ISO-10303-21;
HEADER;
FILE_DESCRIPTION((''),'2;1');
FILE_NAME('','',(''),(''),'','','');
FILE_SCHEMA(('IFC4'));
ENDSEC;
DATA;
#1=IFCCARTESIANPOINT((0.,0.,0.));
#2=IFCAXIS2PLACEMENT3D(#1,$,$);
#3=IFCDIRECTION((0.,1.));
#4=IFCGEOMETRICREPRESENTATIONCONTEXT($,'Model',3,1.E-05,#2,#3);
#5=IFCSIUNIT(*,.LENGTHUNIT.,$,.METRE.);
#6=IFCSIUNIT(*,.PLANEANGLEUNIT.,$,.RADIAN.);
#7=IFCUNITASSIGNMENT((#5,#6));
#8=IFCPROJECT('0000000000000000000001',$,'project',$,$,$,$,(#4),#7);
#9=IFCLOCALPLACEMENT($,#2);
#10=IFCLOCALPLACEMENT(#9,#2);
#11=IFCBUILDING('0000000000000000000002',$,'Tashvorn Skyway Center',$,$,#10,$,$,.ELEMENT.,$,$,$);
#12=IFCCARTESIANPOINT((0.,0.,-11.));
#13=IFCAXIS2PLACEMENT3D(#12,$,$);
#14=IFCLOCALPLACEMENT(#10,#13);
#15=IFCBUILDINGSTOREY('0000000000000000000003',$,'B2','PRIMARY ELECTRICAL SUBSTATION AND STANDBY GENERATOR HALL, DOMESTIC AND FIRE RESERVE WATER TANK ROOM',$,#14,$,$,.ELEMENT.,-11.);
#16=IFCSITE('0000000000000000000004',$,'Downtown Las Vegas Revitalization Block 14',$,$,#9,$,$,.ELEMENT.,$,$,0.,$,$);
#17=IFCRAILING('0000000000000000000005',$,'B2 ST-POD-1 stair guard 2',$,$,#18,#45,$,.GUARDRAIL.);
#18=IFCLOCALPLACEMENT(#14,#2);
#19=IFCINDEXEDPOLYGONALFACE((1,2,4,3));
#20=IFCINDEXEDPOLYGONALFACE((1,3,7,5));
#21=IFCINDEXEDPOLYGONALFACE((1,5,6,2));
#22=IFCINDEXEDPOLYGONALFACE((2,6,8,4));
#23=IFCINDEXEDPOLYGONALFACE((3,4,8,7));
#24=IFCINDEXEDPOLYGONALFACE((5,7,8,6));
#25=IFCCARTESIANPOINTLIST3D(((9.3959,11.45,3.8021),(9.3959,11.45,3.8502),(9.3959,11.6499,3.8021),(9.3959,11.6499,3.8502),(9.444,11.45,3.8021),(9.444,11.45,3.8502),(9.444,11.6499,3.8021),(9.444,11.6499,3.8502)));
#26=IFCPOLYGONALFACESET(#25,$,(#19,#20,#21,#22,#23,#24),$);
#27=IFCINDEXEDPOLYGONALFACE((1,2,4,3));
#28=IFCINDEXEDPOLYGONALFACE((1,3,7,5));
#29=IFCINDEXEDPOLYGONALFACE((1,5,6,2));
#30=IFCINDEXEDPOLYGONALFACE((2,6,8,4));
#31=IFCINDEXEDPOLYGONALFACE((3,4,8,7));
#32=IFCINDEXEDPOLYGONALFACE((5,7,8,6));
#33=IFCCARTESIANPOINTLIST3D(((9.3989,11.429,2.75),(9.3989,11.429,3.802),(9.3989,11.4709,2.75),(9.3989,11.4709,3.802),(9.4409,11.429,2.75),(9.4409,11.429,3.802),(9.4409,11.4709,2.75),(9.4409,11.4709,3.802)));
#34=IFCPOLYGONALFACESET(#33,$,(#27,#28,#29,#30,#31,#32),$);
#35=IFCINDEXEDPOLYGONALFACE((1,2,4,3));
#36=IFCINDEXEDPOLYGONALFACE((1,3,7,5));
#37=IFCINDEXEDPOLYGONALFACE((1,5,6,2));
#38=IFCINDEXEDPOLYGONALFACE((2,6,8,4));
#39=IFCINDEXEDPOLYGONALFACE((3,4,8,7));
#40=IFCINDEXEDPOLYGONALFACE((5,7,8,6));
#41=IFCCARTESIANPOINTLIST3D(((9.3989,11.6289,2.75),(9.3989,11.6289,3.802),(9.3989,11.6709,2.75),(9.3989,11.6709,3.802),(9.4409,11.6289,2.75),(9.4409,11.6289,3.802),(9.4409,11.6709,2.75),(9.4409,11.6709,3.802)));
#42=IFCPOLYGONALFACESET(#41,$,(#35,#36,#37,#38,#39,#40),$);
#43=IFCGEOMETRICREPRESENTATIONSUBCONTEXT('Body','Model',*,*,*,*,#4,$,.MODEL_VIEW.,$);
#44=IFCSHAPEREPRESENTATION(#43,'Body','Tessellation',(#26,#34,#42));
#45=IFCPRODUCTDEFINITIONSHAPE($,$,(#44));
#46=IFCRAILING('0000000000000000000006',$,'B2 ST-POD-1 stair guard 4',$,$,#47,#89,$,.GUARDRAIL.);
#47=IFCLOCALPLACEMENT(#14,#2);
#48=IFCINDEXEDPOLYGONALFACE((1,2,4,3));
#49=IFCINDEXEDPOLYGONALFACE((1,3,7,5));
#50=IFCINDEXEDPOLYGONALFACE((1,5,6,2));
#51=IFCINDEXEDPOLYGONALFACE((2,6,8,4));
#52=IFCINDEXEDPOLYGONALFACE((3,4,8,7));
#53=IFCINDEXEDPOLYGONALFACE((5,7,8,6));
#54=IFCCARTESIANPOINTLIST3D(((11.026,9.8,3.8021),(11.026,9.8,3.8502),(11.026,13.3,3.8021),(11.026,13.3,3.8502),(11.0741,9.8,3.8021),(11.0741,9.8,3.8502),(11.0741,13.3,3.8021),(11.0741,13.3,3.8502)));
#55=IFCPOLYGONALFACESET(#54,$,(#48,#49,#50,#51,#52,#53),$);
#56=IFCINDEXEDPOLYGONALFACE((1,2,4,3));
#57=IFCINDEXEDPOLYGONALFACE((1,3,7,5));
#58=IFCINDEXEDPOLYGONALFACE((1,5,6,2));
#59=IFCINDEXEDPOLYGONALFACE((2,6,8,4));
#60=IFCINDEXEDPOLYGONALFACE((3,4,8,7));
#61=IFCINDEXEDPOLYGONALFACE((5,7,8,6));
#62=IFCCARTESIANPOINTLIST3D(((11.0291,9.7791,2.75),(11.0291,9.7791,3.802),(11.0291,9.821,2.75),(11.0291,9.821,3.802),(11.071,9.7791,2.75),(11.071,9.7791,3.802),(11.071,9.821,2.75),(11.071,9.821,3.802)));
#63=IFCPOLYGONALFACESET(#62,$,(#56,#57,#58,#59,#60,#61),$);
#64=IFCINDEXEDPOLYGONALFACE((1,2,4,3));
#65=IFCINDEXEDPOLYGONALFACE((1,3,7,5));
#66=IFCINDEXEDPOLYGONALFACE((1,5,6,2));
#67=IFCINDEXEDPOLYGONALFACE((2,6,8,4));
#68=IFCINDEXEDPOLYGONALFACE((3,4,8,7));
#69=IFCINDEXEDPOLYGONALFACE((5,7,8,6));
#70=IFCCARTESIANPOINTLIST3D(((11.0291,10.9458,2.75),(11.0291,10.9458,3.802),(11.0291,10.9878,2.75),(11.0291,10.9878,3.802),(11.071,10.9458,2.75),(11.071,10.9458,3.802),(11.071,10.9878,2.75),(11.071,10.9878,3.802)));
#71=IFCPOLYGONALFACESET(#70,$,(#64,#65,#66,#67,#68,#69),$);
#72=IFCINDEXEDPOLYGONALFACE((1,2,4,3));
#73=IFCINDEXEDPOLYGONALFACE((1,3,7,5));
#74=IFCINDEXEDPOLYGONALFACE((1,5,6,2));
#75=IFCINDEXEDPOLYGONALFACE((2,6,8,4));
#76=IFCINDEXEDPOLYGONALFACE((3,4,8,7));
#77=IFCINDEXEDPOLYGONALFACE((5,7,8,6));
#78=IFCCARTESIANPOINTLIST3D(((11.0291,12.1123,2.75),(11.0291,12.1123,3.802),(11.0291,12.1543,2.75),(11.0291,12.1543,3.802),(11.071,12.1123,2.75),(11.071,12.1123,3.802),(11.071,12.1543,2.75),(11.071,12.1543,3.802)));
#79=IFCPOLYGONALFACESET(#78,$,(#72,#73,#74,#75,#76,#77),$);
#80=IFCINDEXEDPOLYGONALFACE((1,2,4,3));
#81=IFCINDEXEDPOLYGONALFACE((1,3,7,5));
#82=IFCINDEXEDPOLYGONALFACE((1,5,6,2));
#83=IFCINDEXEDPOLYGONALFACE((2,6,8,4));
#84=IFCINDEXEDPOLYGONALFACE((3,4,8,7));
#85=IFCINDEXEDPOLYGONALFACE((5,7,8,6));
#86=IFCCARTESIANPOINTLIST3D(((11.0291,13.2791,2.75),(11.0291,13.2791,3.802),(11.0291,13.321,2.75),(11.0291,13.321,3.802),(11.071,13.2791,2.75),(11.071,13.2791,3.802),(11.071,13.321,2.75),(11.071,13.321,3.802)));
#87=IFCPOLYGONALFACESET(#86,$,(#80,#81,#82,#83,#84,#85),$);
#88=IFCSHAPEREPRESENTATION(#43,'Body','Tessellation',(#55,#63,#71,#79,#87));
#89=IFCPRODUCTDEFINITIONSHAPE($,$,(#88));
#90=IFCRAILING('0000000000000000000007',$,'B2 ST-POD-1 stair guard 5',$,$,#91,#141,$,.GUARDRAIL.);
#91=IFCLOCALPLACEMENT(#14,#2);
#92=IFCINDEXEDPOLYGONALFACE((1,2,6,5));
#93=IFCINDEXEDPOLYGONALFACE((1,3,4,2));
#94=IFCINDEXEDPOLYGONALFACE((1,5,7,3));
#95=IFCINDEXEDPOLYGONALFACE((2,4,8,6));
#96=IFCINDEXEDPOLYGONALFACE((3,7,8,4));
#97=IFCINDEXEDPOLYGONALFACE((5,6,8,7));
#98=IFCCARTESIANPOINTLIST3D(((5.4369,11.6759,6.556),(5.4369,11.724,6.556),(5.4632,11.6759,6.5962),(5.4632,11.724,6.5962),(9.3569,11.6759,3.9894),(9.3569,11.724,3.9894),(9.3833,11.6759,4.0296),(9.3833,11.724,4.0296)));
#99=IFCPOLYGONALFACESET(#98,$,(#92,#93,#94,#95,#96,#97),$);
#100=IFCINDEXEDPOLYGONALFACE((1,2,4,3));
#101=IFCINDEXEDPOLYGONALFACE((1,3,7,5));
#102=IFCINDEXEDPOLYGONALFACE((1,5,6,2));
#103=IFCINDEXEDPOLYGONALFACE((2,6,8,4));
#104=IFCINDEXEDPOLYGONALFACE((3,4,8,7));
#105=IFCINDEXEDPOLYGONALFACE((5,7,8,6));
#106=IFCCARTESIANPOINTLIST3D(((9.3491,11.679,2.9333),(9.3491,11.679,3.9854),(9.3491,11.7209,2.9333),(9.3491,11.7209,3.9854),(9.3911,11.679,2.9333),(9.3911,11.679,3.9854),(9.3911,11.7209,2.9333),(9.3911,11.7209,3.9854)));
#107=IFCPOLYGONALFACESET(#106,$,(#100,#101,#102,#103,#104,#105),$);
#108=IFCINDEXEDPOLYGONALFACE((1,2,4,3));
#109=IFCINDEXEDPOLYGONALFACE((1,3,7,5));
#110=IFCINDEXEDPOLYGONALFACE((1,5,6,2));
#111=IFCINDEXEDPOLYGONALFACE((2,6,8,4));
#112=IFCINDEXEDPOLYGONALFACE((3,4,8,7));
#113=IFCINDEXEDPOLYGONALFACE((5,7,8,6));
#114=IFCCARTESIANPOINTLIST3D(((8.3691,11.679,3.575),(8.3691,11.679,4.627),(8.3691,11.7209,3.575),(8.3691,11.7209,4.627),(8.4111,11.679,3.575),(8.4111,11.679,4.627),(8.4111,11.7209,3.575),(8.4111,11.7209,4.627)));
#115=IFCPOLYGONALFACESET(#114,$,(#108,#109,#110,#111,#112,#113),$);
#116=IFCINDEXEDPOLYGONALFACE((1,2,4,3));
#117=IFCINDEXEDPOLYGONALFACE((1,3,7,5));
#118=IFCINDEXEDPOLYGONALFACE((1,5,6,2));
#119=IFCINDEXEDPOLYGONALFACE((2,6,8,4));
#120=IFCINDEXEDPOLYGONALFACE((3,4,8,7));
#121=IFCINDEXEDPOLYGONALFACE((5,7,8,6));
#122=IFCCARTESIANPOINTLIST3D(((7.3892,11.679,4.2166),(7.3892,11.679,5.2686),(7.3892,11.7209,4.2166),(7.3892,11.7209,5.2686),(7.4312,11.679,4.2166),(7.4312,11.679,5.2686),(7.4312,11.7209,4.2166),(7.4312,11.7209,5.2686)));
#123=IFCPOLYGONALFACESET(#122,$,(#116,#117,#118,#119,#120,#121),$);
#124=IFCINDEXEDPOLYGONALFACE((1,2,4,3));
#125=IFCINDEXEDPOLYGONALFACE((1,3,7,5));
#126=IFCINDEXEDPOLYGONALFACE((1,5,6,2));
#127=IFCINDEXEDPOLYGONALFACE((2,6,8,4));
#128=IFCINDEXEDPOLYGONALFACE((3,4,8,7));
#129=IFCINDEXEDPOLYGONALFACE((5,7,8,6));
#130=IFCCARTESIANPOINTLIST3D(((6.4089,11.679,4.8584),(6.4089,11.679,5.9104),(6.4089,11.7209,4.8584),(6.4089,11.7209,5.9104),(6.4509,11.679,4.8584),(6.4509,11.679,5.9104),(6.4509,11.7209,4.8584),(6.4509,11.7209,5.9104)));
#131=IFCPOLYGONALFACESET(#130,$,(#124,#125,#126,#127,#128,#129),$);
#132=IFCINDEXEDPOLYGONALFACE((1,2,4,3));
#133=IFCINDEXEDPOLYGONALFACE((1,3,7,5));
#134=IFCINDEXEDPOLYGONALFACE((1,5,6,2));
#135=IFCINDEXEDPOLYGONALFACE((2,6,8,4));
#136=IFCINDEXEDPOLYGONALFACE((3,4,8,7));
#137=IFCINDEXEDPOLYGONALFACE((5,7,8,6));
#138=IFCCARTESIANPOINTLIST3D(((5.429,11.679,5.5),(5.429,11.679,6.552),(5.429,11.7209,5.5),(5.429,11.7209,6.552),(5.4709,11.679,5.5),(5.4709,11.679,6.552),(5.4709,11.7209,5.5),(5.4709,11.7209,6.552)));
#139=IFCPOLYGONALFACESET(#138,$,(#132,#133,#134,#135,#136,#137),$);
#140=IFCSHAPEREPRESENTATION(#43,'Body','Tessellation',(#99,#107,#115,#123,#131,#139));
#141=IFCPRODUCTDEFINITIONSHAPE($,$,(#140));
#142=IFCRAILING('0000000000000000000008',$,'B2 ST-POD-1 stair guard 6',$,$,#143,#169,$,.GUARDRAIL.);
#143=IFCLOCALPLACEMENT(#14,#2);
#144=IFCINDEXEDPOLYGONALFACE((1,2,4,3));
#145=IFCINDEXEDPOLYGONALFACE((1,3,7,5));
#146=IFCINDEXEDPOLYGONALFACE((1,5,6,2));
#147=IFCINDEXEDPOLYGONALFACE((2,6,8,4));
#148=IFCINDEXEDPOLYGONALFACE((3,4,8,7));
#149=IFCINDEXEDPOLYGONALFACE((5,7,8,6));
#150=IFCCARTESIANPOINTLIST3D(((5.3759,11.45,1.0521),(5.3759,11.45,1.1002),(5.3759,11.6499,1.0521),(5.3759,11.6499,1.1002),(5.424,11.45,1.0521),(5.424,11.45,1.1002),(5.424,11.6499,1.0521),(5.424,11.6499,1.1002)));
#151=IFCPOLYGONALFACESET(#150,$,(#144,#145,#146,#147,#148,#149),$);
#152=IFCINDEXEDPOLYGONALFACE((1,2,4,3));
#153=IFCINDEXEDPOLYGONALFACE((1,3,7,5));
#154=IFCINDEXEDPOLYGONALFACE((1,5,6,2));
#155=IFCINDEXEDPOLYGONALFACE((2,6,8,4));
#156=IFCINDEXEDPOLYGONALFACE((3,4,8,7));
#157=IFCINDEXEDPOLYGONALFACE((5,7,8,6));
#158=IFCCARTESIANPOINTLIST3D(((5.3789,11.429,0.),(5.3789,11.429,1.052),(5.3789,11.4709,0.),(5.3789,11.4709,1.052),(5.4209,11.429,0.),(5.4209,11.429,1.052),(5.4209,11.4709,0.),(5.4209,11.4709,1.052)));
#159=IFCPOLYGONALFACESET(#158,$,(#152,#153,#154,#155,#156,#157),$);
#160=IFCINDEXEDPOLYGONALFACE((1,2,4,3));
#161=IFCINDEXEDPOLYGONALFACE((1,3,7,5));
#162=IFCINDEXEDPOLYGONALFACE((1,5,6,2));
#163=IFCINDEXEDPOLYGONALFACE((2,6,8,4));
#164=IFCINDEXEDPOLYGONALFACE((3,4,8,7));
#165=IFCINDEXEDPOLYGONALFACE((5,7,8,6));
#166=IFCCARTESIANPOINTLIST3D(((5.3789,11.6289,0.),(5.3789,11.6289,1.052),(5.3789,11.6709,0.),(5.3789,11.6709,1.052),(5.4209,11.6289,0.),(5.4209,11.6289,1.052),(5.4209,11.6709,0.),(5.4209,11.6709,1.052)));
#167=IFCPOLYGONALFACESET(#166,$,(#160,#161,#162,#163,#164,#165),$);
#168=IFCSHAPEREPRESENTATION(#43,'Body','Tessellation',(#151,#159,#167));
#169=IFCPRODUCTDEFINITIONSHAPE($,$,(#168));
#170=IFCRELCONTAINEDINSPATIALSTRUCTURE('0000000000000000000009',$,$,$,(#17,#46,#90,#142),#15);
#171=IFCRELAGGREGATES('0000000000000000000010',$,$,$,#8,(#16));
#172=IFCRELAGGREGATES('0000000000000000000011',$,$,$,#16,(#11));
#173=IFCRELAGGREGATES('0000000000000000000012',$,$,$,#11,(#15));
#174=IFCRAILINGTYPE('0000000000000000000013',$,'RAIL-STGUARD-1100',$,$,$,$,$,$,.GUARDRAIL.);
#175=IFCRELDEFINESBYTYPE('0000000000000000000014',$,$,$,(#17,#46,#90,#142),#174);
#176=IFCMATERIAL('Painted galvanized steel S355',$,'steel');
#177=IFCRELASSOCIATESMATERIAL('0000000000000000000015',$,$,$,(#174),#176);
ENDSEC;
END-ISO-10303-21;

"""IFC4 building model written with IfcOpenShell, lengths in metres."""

from ifc_helpers import new_model, si_unit, direction, frame, origin, origin_2d, place, context, subcontext, project, spatial, rectangle, extrude, material, type_object, element, save


model = new_model("IFC4")

# Units and contexts
model_context = context("Model", 3, precision=1e-05, world=origin(), true_north=direction((0.0, 1.0)))
body_context = subcontext(model_context, "Body", "Model", "MODEL_VIEW")
ifc_project = project(units=[si_unit("LENGTHUNIT", "METRE"), si_unit("PLANEANGLEUNIT", "RADIAN")], contexts=[model_context])

# Site, building, storey
site_placement = place(None, origin())
site = spatial("IfcSite", under=ifc_project, at=site_placement, Name="Downtown Las Vegas Revitalization Block 14", CompositionType="ELEMENT", RefElevation=0.0)
building_placement = place(site_placement, origin())
building = spatial("IfcBuilding", under=site, at=building_placement, Name="Tashvorn Skyway Center", CompositionType="ELEMENT")
storey_placement = place(building_placement, frame((0.0, 0.0, -11.0)))
storey = spatial("IfcBuildingStorey", under=building, at=storey_placement, Name="B2", Description="PRIMARY ELECTRICAL SUBSTATION AND STANDBY GENERATOR HALL, DOMESTIC AND FIRE RESERVE WATER TANK ROOM", CompositionType="ELEMENT", Elevation=-11.0)

# Railings
ifc_material_1 = material(Name="Painted galvanized steel S355", Category="steel")
railing_type_1 = type_object("IfcRailingType", Name="RAIL-STGUARD-1100", PredefinedType="GUARDRAIL", material=ifc_material_1)
railing_1_placement = place(storey_placement, frame((9.4199, 11.45, 2.75)))
element("IfcRailing", 1, at=railing_1_placement, inside=storey, type_object=railing_type_1, Name="B2 ST-POD-1 stair guard 2", PredefinedType="GUARDRAIL", context=body_context, shape_type="SweptSolid", body=[
    extrude(rectangle(XDim=0.0481, YDim=0.0481, at=origin_2d()), frame((0.0, 0.0, 1.0762), z_axis=(0.0, 1.0, 0.0), x_axis=(-1.0, 0.0, 0.0)), (0.0, 0.0, 1.0), 0.2),
    extrude(rectangle(XDim=0.042, YDim=0.042, at=origin_2d()), origin(), (0.0, 0.0, 1.0), 1.052),
    extrude(rectangle(XDim=0.042, YDim=0.042, at=origin_2d()), frame((0.0, 0.2, 0.0)), (0.0, 0.0, 1.0), 1.052),
])
railing_2_placement = place(storey_placement, frame((11.05, 9.8, 2.75)))
element("IfcRailing", 2, at=railing_2_placement, inside=storey, type_object=railing_type_1, Name="B2 ST-POD-1 stair guard 4", PredefinedType="GUARDRAIL", context=body_context, shape_type="SweptSolid", body=[
    extrude(rectangle(XDim=0.0481, YDim=0.0481, at=origin_2d()), frame((0.0, 0.0, 1.0762), z_axis=(0.0, 1.0, 0.0), x_axis=(-1.0, 0.0, 0.0)), (0.0, 0.0, 1.0), 3.5),
    extrude(rectangle(XDim=0.042, YDim=0.042, at=origin_2d()), origin(), (0.0, 0.0, 1.0), 1.052),
    extrude(rectangle(XDim=0.042, YDim=0.042, at=origin_2d()), frame((0.0, 1.1667, 0.0)), (0.0, 0.0, 1.0), 1.052),
    extrude(rectangle(XDim=0.042, YDim=0.042, at=origin_2d()), frame((0.0, 2.3333, 0.0)), (0.0, 0.0, 1.0), 1.052),
    extrude(rectangle(XDim=0.042, YDim=0.042, at=origin_2d()), frame((0.0, 3.5, 0.0)), (0.0, 0.0, 1.0), 1.052),
])
railing_3_placement = place(storey_placement, frame((9.3701, 11.7, 2.9333)))
element("IfcRailing", 3, at=railing_3_placement, inside=storey, type_object=railing_type_1, Name="B2 ST-POD-1 stair guard 5", PredefinedType="GUARDRAIL", context=body_context, shape_type="SweptSolid", body=[
    extrude(rectangle(XDim=0.0481, YDim=0.0481, at=origin_2d()), frame((0.0, 0.0, 1.0762), z_axis=(-0.836631, 0.0, 0.547767), x_axis=(0.0, -1.0, 0.0)), (0.0, 0.0, 1.0), 4.6855),
    extrude(rectangle(XDim=0.042, YDim=0.042, at=origin_2d()), origin(), (0.0, 0.0, 1.0), 1.052),
    extrude(rectangle(XDim=0.042, YDim=0.042, at=origin_2d()), frame((-0.98, 0.0, 0.6416)), (0.0, 0.0, 1.0), 1.052),
    extrude(rectangle(XDim=0.042, YDim=0.042, at=origin_2d()), frame((-1.96, 0.0, 1.2832)), (0.0, 0.0, 1.0), 1.052),
    extrude(rectangle(XDim=0.042, YDim=0.042, at=origin_2d()), frame((-2.9402, 0.0, 1.925)), (0.0, 0.0, 1.0), 1.052),
    extrude(rectangle(XDim=0.042, YDim=0.042, at=origin_2d()), frame((-3.9202, 0.0, 2.5667)), (0.0, 0.0, 1.0), 1.052),
])
railing_4_placement = place(storey_placement, frame((5.3999, 11.45, 0.0)))
element("IfcRailing", 4, at=railing_4_placement, inside=storey, type_object=railing_type_1, Name="B2 ST-POD-1 stair guard 6", PredefinedType="GUARDRAIL", context=body_context, shape_type="SweptSolid", body=[
    extrude(rectangle(XDim=0.0481, YDim=0.0481, at=origin_2d()), frame((0.0, 0.0, 1.0762), z_axis=(0.0, 1.0, 0.0), x_axis=(-1.0, 0.0, 0.0)), (0.0, 0.0, 1.0), 0.2),
    extrude(rectangle(XDim=0.042, YDim=0.042, at=origin_2d()), origin(), (0.0, 0.0, 1.0), 1.052),
    extrude(rectangle(XDim=0.042, YDim=0.042, at=origin_2d()), frame((0.0, 0.2, 0.0)), (0.0, 0.0, 1.0), 1.052),
])

save(model, "model.ifc")
